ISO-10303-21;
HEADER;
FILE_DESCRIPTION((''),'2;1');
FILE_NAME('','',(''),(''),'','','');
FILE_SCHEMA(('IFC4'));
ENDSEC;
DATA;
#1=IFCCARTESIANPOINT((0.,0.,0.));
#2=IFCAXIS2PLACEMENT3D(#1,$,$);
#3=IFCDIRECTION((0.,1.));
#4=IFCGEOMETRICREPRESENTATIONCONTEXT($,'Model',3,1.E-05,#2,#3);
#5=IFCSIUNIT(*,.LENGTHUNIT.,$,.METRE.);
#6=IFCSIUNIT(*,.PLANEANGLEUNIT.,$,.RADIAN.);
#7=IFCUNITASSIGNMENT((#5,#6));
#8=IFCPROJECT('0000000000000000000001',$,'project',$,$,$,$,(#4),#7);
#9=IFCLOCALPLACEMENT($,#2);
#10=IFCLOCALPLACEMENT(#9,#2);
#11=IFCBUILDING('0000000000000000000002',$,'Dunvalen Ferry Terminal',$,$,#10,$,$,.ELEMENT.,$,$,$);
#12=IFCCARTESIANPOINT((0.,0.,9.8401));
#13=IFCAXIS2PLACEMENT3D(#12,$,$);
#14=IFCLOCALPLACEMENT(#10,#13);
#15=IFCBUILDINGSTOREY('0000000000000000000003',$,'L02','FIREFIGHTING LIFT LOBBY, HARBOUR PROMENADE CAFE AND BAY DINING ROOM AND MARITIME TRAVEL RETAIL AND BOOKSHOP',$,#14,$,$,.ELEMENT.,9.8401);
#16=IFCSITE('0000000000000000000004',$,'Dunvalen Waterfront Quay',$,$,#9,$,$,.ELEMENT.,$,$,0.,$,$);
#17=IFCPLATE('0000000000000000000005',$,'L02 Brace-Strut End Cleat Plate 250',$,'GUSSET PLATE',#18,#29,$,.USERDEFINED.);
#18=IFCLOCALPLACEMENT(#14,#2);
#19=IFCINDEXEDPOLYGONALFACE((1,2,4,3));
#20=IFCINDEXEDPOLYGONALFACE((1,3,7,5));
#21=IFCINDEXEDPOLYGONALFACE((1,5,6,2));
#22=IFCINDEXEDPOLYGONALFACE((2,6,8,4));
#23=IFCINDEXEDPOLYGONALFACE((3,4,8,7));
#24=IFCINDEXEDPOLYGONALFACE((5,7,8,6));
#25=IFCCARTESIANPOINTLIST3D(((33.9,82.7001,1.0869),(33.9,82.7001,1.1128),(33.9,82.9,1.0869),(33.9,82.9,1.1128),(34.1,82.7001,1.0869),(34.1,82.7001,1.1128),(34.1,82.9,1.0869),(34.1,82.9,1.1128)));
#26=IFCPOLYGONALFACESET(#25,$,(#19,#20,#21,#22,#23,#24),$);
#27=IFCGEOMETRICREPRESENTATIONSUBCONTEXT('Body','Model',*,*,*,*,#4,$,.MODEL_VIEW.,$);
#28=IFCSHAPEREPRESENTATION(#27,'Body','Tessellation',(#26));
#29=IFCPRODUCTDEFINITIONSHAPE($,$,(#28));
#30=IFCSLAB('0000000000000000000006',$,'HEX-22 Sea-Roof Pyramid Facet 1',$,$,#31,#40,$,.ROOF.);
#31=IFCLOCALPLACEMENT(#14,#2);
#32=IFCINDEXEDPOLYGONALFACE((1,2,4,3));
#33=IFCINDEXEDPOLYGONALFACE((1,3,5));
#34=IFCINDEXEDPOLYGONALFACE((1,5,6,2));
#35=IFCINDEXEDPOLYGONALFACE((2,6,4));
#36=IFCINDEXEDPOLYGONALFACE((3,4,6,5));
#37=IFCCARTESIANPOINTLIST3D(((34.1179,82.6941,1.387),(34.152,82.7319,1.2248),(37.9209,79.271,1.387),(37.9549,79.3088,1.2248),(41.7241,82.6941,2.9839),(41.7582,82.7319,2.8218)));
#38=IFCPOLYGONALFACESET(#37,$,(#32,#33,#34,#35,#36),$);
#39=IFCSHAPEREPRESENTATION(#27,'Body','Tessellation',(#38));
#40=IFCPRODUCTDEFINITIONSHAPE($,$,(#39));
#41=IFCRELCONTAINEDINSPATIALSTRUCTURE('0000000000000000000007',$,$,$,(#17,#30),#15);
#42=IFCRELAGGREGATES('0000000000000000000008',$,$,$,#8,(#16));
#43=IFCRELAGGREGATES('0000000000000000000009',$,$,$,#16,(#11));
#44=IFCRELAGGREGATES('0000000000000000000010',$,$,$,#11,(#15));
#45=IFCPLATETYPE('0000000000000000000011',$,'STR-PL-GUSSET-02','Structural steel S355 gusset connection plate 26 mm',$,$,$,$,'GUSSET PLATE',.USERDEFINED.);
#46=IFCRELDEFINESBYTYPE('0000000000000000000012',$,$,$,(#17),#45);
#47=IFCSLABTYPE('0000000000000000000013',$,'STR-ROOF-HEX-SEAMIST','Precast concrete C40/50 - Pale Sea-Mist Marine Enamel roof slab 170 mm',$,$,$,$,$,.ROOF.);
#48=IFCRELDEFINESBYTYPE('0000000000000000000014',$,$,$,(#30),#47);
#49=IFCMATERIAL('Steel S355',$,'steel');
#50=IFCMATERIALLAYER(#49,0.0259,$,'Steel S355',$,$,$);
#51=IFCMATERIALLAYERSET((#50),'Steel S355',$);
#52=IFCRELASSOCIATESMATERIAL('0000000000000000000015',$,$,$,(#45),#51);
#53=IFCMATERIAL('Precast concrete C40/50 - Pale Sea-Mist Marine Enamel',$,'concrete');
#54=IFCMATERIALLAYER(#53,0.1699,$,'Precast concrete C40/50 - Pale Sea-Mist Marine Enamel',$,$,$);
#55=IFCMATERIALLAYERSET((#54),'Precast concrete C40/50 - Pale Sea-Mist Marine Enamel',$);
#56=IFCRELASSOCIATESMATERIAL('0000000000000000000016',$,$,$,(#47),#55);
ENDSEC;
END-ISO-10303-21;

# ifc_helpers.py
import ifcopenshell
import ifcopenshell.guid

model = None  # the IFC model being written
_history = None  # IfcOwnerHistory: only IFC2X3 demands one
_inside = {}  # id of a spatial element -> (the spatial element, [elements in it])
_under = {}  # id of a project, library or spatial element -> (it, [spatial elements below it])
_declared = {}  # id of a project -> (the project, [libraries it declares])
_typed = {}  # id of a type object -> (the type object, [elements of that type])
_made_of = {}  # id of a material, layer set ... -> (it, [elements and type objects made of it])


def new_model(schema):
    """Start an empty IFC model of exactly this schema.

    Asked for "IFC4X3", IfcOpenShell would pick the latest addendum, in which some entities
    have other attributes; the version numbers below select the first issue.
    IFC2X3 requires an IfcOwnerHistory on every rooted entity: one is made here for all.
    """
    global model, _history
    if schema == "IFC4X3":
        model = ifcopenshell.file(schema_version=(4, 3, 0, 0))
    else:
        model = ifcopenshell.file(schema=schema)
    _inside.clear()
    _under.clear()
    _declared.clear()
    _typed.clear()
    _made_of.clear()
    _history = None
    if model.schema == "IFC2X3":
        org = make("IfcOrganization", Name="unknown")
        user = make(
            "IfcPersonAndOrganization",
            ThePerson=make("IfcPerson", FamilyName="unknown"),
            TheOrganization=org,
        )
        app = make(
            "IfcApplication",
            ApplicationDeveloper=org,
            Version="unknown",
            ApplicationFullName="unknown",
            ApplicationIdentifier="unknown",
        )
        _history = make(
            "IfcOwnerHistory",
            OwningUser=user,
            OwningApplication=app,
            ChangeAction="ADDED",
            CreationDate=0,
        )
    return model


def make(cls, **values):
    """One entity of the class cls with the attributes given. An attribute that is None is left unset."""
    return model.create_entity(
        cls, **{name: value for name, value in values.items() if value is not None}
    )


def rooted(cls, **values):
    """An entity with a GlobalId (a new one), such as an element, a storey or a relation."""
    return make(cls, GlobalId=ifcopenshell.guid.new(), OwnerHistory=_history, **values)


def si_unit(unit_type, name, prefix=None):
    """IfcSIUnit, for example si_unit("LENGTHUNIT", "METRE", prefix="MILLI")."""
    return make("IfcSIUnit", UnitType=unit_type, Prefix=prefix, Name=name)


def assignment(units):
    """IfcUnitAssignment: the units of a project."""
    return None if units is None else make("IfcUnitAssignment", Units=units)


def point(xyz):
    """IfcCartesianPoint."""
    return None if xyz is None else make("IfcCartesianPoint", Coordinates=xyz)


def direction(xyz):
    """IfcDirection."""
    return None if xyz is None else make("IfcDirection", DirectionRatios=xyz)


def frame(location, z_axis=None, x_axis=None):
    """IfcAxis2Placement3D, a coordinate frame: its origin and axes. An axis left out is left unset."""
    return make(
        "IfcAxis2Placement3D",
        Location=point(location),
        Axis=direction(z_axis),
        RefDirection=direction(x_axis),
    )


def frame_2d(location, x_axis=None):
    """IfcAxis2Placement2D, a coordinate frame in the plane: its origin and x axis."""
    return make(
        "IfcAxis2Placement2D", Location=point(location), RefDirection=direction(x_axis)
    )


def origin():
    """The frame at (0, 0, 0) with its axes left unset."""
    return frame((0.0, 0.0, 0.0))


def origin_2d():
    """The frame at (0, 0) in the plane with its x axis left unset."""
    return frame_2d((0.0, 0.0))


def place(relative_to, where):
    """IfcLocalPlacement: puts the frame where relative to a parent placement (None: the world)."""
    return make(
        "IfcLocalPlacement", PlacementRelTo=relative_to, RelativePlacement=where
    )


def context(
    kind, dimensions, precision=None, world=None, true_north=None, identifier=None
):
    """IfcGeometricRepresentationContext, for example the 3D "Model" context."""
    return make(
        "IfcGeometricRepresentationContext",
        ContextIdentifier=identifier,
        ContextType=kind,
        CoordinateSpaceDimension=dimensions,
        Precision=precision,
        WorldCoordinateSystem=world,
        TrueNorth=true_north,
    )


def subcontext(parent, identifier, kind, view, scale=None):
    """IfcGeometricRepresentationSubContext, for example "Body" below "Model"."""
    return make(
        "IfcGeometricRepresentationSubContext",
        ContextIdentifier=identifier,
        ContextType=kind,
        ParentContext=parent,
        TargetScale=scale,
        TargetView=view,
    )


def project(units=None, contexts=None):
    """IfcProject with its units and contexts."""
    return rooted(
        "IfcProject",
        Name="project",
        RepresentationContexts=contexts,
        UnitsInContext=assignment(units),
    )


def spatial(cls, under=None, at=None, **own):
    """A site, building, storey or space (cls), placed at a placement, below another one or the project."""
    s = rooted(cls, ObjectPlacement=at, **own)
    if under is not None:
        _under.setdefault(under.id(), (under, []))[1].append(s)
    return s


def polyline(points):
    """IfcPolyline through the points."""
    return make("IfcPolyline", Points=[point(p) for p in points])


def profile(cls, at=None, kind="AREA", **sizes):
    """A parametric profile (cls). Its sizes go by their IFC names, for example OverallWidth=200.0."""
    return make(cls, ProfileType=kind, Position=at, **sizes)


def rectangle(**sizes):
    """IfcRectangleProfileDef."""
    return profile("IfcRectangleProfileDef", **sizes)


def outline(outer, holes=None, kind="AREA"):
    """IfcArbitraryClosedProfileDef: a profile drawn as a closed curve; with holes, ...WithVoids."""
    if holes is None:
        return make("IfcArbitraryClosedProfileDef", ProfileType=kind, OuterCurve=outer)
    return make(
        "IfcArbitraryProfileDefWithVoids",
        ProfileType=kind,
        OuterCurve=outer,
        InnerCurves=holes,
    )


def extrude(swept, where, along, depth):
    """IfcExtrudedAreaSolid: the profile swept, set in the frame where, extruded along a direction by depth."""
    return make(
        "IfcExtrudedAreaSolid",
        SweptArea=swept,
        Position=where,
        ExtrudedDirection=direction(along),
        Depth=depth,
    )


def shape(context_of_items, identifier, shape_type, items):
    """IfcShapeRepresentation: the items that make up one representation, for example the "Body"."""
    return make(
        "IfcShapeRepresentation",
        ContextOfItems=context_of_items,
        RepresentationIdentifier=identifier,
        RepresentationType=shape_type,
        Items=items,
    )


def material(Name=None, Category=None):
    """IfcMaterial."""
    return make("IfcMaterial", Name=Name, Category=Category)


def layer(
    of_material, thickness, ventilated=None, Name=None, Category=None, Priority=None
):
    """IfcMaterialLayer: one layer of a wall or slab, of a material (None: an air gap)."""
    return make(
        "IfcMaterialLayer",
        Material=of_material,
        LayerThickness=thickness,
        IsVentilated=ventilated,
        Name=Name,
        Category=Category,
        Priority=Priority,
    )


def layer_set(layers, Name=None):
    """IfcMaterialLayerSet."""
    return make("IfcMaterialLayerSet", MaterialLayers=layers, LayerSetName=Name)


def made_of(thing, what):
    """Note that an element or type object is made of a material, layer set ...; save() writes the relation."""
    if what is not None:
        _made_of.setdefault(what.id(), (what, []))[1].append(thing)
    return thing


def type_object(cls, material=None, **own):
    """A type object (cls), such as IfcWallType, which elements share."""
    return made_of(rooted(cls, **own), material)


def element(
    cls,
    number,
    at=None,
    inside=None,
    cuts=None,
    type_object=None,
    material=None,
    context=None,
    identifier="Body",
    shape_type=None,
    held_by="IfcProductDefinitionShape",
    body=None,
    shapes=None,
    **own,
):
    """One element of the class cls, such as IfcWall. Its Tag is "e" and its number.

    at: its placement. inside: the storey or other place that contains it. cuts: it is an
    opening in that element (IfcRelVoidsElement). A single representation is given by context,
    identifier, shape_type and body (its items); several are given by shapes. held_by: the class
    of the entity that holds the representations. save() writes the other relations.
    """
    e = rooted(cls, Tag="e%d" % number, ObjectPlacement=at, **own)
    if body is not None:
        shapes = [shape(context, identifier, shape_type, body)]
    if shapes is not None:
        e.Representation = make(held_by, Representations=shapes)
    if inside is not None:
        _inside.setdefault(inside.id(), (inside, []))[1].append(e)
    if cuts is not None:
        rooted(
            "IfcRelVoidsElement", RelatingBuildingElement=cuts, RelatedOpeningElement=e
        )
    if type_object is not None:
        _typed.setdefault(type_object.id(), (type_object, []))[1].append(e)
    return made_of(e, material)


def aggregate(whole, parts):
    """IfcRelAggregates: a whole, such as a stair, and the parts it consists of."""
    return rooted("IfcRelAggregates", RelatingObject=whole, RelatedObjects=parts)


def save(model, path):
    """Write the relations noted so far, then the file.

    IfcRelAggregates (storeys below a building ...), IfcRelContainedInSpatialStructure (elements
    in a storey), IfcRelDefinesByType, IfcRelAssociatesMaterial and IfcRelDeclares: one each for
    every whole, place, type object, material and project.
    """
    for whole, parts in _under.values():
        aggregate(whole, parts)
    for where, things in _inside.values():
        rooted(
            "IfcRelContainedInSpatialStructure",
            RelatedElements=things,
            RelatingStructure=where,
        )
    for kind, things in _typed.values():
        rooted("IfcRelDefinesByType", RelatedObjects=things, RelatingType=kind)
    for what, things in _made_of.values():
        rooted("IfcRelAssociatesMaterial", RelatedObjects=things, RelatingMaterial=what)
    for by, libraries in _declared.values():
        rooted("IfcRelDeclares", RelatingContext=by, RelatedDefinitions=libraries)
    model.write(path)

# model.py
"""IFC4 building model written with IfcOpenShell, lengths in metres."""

from ifc_helpers import new_model, si_unit, direction, frame, origin, origin_2d, place, context, subcontext, project, spatial, polyline, rectangle, outline, extrude, material, layer, layer_set, type_object, element, save


model = new_model("IFC4")

# Units and contexts
model_context = context("Model", 3, precision=1e-05, world=origin(), true_north=direction((0.0, 1.0)))
body_context = subcontext(model_context, "Body", "Model", "MODEL_VIEW")
ifc_project = project(units=[si_unit("LENGTHUNIT", "METRE"), si_unit("PLANEANGLEUNIT", "RADIAN")], contexts=[model_context])

# Site, building, storey
site_placement = place(None, origin())
site = spatial("IfcSite", under=ifc_project, at=site_placement, Name="Dunvalen Waterfront Quay", CompositionType="ELEMENT", RefElevation=0.0)
building_placement = place(site_placement, origin())
building = spatial("IfcBuilding", under=site, at=building_placement, Name="Dunvalen Ferry Terminal", CompositionType="ELEMENT")
storey_placement = place(building_placement, frame((0.0, 0.0, 9.8401)))
storey = spatial("IfcBuildingStorey", under=building, at=storey_placement, Name="L02", Description="FIREFIGHTING LIFT LOBBY, HARBOUR PROMENADE CAFE AND BAY DINING ROOM AND MARITIME TRAVEL RETAIL AND BOOKSHOP", CompositionType="ELEMENT", Elevation=9.8401)

# Shared definitions
ifc_material_1 = material(Name="Steel S355", Category="steel")

# Plate
ifc_layer_1 = layer(ifc_material_1, 0.0259, Name="Steel S355")
ifc_layer_set_1 = layer_set([ifc_layer_1], Name="Steel S355")
plate_type_1 = type_object("IfcPlateType", Name="STR-PL-GUSSET-02", Description="Structural steel S355 gusset connection plate 26 mm", ElementType="GUSSET PLATE", PredefinedType="USERDEFINED", material=ifc_layer_set_1)
for number, where, z_axis, x_axis, name in (
    (1, (34.0, 82.8, 1.0869), (0.0, 0.0, 1.0), (1.0, 0.0, 0.0), "L02 Brace-Strut End Cleat Plate 250"),
):
    element("IfcPlate", number, at=place(storey_placement, frame(where, z_axis=z_axis, x_axis=x_axis)), inside=storey, type_object=plate_type_1, Name=name, ObjectType="GUSSET PLATE", PredefinedType="USERDEFINED", context=body_context, shape_type="SweptSolid", body=[
        extrude(rectangle(XDim=0.2, YDim=0.2, at=origin_2d()), origin(), (0.0, 0.0, 1.0), 0.0259),
    ])

# Slab
ifc_material_2 = material(Name="Precast concrete C40/50 - Pale Sea-Mist Marine Enamel", Category="concrete")
ifc_layer_2 = layer(ifc_material_2, 0.1699, Name="Precast concrete C40/50 - Pale Sea-Mist Marine Enamel")
ifc_layer_set_2 = layer_set([ifc_layer_2], Name="Precast concrete C40/50 - Pale Sea-Mist Marine Enamel")
slab_type = type_object("IfcSlabType", Name="STR-ROOF-HEX-SEAMIST", Description="Precast concrete C40/50 - Pale Sea-Mist Marine Enamel roof slab 170 mm", PredefinedType="ROOF", material=ifc_layer_set_2)
slab_placement = place(storey_placement, frame((34.1179, 82.6941, 1.387), z_axis=(-0.200318, -0.222548, 0.95412), x_axis=(0.743254, -0.66901, 0.0)))
element("IfcSlab", 2, at=slab_placement, inside=storey, type_object=slab_type, Name="HEX-22 Sea-Roof Pyramid Facet 1", PredefinedType="ROOF", context=body_context, shape_type="SweptSolid", body=[
    extrude(outline(polyline([(0.0, 0.0), (5.1167, 0.0), (5.6533, 5.3333), (0.0, 0.0)])), origin(), (0.0, 0.0, -1.0), 0.1699),
])

save(model, "model.ifc")
